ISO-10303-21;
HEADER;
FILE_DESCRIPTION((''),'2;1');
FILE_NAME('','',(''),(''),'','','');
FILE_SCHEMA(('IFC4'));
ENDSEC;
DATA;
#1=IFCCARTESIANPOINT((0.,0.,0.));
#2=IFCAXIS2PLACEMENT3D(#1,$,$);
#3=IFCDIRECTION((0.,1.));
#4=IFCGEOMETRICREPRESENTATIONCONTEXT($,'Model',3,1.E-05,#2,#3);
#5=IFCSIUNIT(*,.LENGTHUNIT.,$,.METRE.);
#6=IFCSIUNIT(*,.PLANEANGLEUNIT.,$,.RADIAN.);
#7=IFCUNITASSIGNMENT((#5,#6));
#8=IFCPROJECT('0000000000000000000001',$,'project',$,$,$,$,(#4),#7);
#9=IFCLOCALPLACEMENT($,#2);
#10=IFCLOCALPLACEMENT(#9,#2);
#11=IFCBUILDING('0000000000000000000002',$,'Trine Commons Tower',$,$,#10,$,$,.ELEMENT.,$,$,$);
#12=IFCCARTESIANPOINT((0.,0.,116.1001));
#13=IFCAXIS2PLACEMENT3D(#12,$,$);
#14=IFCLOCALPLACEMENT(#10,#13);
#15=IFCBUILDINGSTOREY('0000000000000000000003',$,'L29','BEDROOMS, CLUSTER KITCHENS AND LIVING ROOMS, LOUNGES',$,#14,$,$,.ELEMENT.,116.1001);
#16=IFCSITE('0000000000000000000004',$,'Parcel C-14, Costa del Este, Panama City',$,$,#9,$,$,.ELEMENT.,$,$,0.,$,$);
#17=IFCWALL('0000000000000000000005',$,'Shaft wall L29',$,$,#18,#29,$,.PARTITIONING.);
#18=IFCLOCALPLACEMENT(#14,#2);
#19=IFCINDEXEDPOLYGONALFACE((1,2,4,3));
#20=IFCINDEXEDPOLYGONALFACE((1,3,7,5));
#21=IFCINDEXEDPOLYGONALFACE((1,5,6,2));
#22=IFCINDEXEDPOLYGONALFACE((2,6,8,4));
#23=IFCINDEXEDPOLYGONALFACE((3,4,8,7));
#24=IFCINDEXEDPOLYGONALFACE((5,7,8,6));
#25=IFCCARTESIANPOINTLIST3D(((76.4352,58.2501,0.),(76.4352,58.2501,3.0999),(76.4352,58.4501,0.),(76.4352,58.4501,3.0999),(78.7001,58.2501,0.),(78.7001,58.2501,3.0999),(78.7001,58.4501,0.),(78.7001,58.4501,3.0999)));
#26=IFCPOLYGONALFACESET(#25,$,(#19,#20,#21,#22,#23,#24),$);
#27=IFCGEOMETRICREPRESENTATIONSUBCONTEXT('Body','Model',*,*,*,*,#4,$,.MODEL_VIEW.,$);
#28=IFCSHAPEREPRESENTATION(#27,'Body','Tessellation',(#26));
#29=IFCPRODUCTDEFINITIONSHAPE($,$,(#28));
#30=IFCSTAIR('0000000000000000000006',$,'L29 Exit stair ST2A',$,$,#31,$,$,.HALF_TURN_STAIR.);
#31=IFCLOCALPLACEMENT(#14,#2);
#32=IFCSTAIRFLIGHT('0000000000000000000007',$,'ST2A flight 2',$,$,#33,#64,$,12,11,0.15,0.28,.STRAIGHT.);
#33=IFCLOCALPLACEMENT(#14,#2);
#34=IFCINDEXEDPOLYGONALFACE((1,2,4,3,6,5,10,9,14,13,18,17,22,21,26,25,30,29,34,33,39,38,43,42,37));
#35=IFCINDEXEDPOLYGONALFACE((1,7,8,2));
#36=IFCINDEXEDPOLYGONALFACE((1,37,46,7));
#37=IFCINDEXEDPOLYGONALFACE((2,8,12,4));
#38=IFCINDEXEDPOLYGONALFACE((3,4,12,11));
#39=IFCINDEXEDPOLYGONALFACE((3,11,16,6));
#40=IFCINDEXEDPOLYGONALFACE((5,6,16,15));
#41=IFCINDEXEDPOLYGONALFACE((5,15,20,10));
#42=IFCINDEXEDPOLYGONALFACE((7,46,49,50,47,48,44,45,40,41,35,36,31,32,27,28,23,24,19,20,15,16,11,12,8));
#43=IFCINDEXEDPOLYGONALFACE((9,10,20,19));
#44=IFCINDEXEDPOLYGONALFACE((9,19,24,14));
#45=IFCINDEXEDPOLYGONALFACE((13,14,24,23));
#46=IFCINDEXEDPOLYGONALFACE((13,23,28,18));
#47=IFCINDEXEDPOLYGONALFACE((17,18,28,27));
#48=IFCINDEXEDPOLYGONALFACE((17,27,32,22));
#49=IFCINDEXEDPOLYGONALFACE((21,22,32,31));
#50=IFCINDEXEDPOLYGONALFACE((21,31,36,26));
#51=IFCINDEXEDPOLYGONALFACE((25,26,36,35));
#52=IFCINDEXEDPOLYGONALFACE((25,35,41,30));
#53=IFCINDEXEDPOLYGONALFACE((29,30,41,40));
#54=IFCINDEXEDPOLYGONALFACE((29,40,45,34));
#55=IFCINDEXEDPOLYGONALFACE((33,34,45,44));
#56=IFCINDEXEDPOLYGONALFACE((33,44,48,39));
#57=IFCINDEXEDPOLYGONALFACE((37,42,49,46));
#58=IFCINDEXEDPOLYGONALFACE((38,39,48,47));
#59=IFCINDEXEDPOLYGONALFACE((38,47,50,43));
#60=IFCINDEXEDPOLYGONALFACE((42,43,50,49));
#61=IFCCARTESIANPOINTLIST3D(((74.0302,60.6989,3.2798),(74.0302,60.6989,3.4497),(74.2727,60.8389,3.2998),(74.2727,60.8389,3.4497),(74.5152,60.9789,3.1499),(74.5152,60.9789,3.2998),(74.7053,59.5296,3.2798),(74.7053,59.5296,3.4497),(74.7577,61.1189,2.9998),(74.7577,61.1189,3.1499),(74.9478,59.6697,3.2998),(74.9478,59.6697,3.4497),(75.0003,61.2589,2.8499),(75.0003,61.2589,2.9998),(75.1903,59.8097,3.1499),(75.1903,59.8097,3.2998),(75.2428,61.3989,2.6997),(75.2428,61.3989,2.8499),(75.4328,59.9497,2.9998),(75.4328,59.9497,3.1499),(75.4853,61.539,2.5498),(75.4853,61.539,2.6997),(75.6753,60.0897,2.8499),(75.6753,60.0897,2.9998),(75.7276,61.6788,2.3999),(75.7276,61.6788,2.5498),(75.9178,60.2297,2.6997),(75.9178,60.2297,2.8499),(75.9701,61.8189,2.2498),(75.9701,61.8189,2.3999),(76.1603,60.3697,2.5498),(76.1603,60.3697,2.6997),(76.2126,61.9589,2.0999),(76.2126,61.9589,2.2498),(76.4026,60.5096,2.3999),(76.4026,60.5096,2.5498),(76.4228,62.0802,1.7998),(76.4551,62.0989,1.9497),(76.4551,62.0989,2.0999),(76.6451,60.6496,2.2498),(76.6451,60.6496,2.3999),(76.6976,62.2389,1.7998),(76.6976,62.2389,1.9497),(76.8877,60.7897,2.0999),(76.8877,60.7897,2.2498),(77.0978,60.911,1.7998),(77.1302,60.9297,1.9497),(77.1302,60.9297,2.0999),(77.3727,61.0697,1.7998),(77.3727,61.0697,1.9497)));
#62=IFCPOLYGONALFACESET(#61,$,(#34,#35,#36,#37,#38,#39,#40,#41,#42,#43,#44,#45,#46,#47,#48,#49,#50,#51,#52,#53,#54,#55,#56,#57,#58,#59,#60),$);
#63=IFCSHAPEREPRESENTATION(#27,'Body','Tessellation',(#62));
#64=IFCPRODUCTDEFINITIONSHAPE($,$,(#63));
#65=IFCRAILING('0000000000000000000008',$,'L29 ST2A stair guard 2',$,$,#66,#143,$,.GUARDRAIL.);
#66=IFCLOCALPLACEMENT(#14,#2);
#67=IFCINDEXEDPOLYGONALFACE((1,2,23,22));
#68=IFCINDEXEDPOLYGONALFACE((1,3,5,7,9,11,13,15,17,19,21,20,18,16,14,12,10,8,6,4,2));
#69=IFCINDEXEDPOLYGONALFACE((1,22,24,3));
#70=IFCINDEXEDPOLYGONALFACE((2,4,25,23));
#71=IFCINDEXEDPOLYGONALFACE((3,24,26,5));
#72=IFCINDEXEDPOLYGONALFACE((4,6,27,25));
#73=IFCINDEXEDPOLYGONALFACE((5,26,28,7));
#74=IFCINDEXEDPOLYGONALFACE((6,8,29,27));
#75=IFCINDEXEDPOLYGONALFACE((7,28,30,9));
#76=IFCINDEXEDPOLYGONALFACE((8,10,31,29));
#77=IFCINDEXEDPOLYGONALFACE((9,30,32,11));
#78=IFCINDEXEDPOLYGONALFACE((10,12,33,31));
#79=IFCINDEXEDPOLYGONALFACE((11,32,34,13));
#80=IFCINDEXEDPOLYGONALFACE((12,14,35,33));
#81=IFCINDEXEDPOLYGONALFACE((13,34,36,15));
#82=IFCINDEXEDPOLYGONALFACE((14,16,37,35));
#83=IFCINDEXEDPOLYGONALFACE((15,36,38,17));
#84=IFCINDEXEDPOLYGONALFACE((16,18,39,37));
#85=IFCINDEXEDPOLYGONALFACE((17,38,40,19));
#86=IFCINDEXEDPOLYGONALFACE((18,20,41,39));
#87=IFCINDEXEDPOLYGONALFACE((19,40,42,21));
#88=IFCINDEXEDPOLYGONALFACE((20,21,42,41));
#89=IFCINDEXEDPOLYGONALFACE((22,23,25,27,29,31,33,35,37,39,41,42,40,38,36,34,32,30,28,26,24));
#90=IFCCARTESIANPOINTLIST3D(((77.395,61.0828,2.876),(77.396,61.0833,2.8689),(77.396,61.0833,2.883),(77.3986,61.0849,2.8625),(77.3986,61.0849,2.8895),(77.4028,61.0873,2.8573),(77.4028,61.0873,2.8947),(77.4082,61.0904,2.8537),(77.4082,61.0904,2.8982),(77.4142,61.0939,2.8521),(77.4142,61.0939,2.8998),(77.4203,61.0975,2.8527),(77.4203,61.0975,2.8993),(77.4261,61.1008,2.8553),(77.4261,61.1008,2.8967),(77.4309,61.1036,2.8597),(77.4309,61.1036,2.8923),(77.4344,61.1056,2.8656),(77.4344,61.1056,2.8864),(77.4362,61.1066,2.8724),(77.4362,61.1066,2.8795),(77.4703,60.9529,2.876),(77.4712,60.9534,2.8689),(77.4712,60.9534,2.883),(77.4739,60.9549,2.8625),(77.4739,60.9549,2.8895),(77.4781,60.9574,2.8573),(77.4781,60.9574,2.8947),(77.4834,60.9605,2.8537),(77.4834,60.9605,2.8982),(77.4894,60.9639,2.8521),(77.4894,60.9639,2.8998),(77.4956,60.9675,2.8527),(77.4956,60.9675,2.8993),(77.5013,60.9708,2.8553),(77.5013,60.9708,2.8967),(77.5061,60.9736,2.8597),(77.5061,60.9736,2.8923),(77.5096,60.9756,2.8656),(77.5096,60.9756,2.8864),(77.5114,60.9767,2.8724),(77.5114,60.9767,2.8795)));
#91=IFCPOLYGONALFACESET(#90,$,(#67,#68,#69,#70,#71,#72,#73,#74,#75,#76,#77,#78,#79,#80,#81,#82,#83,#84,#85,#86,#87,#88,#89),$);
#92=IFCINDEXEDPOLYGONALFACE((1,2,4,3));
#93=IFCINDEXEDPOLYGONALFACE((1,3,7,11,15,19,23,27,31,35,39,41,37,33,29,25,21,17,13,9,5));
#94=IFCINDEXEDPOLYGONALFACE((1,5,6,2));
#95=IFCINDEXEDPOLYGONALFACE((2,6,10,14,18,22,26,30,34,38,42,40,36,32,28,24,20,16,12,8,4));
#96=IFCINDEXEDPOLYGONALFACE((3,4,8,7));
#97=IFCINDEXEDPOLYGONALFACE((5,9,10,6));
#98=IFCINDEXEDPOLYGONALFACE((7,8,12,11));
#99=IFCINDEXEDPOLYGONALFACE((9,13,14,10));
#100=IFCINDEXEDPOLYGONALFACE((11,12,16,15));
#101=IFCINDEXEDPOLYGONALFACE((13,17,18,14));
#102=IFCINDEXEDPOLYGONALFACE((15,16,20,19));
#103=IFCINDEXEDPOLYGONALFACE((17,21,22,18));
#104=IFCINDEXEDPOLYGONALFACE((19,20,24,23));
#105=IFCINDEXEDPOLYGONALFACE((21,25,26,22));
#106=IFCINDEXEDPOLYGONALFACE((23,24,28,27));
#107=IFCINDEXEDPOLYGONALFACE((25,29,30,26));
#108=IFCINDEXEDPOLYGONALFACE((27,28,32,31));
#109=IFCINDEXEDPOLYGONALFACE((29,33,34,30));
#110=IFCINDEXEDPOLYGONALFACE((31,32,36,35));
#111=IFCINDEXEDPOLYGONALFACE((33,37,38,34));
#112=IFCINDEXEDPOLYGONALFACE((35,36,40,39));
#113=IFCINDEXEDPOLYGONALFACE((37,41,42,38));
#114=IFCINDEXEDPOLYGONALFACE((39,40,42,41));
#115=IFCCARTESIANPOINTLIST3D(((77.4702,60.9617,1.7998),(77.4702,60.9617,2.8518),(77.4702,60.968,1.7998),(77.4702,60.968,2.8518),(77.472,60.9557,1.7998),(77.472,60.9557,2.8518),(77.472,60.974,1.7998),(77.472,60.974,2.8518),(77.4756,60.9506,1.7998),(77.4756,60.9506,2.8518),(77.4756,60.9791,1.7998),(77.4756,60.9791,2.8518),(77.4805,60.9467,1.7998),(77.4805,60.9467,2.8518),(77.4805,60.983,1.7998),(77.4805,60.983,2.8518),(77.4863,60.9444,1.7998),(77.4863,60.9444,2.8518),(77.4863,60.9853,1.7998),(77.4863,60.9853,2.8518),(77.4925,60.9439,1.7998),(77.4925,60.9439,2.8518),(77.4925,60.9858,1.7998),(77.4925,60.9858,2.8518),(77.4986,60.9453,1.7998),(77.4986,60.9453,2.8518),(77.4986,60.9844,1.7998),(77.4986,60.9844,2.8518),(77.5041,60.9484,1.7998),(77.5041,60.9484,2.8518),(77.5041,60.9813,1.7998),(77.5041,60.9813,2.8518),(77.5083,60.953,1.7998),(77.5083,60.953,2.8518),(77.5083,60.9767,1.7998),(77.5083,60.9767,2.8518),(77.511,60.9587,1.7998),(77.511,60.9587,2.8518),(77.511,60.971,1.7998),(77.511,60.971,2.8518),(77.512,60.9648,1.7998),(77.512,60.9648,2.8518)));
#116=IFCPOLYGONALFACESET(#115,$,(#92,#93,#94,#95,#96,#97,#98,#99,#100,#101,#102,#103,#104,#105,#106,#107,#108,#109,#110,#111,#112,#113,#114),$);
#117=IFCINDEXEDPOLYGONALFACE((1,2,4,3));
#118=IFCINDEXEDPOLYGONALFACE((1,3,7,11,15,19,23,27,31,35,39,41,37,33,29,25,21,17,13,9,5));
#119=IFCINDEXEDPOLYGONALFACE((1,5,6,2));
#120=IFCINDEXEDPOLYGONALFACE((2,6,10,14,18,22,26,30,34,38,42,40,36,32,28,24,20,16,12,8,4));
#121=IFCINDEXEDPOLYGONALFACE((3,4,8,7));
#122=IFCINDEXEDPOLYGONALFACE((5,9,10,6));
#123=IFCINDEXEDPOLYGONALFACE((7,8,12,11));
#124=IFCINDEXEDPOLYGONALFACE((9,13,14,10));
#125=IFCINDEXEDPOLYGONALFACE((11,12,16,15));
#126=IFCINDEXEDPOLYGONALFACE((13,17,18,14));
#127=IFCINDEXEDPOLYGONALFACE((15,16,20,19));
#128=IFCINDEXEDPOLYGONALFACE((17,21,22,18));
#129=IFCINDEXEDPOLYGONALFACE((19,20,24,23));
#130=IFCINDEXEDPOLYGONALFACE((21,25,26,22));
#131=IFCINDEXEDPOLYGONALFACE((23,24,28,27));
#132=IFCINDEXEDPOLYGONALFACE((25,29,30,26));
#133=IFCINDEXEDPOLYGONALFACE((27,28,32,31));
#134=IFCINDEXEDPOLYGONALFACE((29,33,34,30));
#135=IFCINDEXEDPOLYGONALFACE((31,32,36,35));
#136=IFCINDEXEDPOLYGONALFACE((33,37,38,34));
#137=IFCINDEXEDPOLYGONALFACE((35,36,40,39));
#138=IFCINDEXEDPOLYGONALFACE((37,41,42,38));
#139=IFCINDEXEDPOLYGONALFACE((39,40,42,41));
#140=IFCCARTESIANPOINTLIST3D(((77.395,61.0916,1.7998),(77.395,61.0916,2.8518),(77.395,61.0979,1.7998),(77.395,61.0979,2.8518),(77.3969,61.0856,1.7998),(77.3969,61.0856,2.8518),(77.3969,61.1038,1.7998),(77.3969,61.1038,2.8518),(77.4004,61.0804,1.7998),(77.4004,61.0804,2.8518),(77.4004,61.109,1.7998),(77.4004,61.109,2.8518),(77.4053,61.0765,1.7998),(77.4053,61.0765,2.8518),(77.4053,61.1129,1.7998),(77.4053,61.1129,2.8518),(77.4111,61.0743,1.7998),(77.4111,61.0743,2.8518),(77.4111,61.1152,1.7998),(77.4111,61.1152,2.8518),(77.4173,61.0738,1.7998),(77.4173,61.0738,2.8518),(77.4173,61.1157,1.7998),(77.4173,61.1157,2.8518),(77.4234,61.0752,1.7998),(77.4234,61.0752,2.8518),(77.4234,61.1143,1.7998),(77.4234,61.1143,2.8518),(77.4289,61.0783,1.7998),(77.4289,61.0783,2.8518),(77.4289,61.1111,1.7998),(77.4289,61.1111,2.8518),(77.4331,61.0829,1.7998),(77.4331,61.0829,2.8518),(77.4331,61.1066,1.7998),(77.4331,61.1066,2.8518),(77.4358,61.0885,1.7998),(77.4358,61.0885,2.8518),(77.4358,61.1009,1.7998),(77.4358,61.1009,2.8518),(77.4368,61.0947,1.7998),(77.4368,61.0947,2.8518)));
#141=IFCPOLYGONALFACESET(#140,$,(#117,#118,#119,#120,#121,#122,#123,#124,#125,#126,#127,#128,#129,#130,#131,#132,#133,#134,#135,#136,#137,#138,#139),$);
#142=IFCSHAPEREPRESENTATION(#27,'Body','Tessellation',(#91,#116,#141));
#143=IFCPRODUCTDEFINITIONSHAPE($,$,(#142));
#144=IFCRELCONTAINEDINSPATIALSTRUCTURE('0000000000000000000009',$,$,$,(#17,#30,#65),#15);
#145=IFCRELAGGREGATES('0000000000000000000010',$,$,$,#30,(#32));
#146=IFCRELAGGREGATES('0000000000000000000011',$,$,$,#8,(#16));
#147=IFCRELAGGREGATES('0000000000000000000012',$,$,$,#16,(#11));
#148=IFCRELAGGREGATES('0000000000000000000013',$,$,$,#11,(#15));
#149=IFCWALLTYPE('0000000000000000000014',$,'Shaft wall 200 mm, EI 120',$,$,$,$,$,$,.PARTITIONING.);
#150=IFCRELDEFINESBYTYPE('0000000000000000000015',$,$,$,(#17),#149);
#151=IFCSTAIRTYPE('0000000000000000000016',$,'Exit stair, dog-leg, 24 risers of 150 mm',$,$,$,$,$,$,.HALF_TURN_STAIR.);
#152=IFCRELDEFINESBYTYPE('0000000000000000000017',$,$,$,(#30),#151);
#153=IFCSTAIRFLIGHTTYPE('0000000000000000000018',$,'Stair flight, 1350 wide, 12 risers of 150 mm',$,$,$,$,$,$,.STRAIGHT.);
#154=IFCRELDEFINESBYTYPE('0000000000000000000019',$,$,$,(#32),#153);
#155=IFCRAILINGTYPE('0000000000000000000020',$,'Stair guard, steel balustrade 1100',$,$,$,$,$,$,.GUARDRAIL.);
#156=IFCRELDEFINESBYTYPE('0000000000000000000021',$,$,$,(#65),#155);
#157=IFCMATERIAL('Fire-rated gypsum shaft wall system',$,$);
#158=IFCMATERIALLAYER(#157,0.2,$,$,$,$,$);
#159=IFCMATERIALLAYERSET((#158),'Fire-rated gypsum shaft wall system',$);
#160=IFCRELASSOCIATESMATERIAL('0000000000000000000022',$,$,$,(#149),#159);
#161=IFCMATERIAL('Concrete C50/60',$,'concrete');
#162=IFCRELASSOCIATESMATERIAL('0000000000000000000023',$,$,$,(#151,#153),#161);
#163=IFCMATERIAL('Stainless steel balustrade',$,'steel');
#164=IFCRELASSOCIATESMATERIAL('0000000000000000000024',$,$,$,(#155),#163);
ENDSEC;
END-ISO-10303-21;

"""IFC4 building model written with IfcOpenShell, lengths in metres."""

from ifc_helpers import new_model, si_unit, direction, frame, frame_2d, origin, origin_2d, place, context, subcontext, project, spatial, polyline, rectangle, circle, outline, extrude, material, layer, layer_set, type_object, element, aggregate, save


model = new_model("IFC4")

# Units and contexts
model_context = context("Model", 3, precision=1e-05, world=origin(), true_north=direction((0.0, 1.0)))
body_context = subcontext(model_context, "Body", "Model", "MODEL_VIEW")
ifc_project = project(units=[si_unit("LENGTHUNIT", "METRE"), si_unit("PLANEANGLEUNIT", "RADIAN")], contexts=[model_context])

# Site, building, storey
site_placement = place(None, origin())
site = spatial("IfcSite", under=ifc_project, at=site_placement, Name="Parcel C-14, Costa del Este, Panama City", CompositionType="ELEMENT", RefElevation=0.0)
building_placement = place(site_placement, origin())
building = spatial("IfcBuilding", under=site, at=building_placement, Name="Trine Commons Tower", CompositionType="ELEMENT")
storey_placement = place(building_placement, frame((0.0, 0.0, 116.1001)))
storey = spatial("IfcBuildingStorey", under=building, at=storey_placement, Name="L29", Description="BEDROOMS, CLUSTER KITCHENS AND LIVING ROOMS, LOUNGES", CompositionType="ELEMENT", Elevation=116.1001)

# Shared definitions
ifc_material_1 = material(Name="Fire-rated gypsum shaft wall system")

# Wall
ifc_layer_1 = layer(ifc_material_1, 0.2)
ifc_layer_set_1 = layer_set([ifc_layer_1], Name="Fire-rated gypsum shaft wall system")
wall_type_1 = type_object("IfcWallType", Name="Shaft wall 200 mm, EI 120", PredefinedType="PARTITIONING", material=ifc_layer_set_1)
wall_1_placement = place(storey_placement, frame((78.7, 58.3501, 0.0), z_axis=(0.0, 0.0, 1.0), x_axis=(-1.0, 0.0, 0.0)))
element("IfcWall", 1, at=wall_1_placement, inside=storey, type_object=wall_type_1, Name="Shaft wall L29", PredefinedType="PARTITIONING", context=body_context, shape_type="SweptSolid", body=[
    extrude(rectangle(XDim=2.2649, YDim=0.2, at=frame_2d((1.1323, 0.0))), origin(), (0.0, 0.0, 1.0), 3.0999),
])

# Stair, stair flight
ifc_material_2 = material(Name="Concrete C50/60", Category="concrete")
stair_type = type_object("IfcStairType", Name="Exit stair, dog-leg, 24 risers of 150 mm", PredefinedType="HALF_TURN_STAIR", material=ifc_material_2)
stair_placement = place(storey_placement, origin())
stair = element("IfcStair", 2, at=stair_placement, inside=storey, type_object=stair_type, Name="L29 Exit stair ST2A", PredefinedType="HALF_TURN_STAIR")
stair_flight_type = type_object("IfcStairFlightType", Name="Stair flight, 1350 wide, 12 risers of 150 mm", PredefinedType="STRAIGHT", material=ifc_material_2)
stair_flight_placement = place(storey_placement, frame((77.0352, 61.6543, 1.7998), z_axis=(0.0, 0.0, 1.0), x_axis=(-0.866025, -0.5, 0.0)))
stair_flight = element("IfcStairFlight", 3, at=stair_flight_placement, type_object=stair_flight_type, Name="ST2A flight 2", NumberOfRisers=12, NumberOfTreads=11, PredefinedType="STRAIGHT", RiserHeight=0.15, TreadLength=0.28, context=body_context, shape_type="SweptSolid", body=[
    extrude(outline(polyline([(0.0, 0.0), (0.0, 0.1499), (0.28, 0.1499), (0.28, 0.3), (0.5601, 0.3), (0.5601, 0.45), (0.8401, 0.45), (0.8401, 0.6001), (1.1201, 0.6001), (1.1201, 0.75), (1.3999, 0.75), (1.3999, 0.8999), (1.6799, 0.8999), (1.6799, 1.05), (1.96, 1.05), (1.96, 1.2), (2.24, 1.2), (2.24, 1.3501), (2.52, 1.3501), (2.52, 1.5), (2.8, 1.5), (2.8, 1.6499), (3.0801, 1.6499), (3.0801, 1.8), (3.0801, 1.48), (0.3174, 0.0), (0.0, 0.0)])), frame((0.0, 0.675, 0.0), z_axis=(0.0, -1.0, 0.0), x_axis=(1.0, 0.0, 0.0)), (0.0, 0.0, 1.0), 1.3501),
])
aggregate(stair, [stair_flight])

# Railing
ifc_material_3 = material(Name="Stainless steel balustrade", Category="steel")
railing_type_1 = type_object("IfcRailingType", Name="Stair guard, steel balustrade 1100", PredefinedType="GUARDRAIL", material=ifc_material_3)
railing_1_placement = place(storey_placement, frame((77.491, 60.9648, 1.7998)))
element("IfcRailing", 4, at=railing_1_placement, inside=storey, type_object=railing_type_1, Name="L29 ST2A stair guard 2", PredefinedType="GUARDRAIL", context=body_context, shape_type="SweptSolid", body=[
    extrude(circle(Radius=0.0239, at=origin_2d()), frame((0.0, 0.0, 1.0762), z_axis=(-0.501036, 0.865426, 0.0), x_axis=(-0.865426, -0.501036, 0.0)), (0.0, 0.0, 1.0), 0.1501),
    extrude(circle(Radius=0.021, at=origin_2d()), origin(), (0.0, 0.0, 1.0), 1.052),
    extrude(circle(Radius=0.021, at=origin_2d()), frame((-0.0752, 0.1299, 0.0)), (0.0, 0.0, 1.0), 1.052),
])

save(model, "model.ifc")
